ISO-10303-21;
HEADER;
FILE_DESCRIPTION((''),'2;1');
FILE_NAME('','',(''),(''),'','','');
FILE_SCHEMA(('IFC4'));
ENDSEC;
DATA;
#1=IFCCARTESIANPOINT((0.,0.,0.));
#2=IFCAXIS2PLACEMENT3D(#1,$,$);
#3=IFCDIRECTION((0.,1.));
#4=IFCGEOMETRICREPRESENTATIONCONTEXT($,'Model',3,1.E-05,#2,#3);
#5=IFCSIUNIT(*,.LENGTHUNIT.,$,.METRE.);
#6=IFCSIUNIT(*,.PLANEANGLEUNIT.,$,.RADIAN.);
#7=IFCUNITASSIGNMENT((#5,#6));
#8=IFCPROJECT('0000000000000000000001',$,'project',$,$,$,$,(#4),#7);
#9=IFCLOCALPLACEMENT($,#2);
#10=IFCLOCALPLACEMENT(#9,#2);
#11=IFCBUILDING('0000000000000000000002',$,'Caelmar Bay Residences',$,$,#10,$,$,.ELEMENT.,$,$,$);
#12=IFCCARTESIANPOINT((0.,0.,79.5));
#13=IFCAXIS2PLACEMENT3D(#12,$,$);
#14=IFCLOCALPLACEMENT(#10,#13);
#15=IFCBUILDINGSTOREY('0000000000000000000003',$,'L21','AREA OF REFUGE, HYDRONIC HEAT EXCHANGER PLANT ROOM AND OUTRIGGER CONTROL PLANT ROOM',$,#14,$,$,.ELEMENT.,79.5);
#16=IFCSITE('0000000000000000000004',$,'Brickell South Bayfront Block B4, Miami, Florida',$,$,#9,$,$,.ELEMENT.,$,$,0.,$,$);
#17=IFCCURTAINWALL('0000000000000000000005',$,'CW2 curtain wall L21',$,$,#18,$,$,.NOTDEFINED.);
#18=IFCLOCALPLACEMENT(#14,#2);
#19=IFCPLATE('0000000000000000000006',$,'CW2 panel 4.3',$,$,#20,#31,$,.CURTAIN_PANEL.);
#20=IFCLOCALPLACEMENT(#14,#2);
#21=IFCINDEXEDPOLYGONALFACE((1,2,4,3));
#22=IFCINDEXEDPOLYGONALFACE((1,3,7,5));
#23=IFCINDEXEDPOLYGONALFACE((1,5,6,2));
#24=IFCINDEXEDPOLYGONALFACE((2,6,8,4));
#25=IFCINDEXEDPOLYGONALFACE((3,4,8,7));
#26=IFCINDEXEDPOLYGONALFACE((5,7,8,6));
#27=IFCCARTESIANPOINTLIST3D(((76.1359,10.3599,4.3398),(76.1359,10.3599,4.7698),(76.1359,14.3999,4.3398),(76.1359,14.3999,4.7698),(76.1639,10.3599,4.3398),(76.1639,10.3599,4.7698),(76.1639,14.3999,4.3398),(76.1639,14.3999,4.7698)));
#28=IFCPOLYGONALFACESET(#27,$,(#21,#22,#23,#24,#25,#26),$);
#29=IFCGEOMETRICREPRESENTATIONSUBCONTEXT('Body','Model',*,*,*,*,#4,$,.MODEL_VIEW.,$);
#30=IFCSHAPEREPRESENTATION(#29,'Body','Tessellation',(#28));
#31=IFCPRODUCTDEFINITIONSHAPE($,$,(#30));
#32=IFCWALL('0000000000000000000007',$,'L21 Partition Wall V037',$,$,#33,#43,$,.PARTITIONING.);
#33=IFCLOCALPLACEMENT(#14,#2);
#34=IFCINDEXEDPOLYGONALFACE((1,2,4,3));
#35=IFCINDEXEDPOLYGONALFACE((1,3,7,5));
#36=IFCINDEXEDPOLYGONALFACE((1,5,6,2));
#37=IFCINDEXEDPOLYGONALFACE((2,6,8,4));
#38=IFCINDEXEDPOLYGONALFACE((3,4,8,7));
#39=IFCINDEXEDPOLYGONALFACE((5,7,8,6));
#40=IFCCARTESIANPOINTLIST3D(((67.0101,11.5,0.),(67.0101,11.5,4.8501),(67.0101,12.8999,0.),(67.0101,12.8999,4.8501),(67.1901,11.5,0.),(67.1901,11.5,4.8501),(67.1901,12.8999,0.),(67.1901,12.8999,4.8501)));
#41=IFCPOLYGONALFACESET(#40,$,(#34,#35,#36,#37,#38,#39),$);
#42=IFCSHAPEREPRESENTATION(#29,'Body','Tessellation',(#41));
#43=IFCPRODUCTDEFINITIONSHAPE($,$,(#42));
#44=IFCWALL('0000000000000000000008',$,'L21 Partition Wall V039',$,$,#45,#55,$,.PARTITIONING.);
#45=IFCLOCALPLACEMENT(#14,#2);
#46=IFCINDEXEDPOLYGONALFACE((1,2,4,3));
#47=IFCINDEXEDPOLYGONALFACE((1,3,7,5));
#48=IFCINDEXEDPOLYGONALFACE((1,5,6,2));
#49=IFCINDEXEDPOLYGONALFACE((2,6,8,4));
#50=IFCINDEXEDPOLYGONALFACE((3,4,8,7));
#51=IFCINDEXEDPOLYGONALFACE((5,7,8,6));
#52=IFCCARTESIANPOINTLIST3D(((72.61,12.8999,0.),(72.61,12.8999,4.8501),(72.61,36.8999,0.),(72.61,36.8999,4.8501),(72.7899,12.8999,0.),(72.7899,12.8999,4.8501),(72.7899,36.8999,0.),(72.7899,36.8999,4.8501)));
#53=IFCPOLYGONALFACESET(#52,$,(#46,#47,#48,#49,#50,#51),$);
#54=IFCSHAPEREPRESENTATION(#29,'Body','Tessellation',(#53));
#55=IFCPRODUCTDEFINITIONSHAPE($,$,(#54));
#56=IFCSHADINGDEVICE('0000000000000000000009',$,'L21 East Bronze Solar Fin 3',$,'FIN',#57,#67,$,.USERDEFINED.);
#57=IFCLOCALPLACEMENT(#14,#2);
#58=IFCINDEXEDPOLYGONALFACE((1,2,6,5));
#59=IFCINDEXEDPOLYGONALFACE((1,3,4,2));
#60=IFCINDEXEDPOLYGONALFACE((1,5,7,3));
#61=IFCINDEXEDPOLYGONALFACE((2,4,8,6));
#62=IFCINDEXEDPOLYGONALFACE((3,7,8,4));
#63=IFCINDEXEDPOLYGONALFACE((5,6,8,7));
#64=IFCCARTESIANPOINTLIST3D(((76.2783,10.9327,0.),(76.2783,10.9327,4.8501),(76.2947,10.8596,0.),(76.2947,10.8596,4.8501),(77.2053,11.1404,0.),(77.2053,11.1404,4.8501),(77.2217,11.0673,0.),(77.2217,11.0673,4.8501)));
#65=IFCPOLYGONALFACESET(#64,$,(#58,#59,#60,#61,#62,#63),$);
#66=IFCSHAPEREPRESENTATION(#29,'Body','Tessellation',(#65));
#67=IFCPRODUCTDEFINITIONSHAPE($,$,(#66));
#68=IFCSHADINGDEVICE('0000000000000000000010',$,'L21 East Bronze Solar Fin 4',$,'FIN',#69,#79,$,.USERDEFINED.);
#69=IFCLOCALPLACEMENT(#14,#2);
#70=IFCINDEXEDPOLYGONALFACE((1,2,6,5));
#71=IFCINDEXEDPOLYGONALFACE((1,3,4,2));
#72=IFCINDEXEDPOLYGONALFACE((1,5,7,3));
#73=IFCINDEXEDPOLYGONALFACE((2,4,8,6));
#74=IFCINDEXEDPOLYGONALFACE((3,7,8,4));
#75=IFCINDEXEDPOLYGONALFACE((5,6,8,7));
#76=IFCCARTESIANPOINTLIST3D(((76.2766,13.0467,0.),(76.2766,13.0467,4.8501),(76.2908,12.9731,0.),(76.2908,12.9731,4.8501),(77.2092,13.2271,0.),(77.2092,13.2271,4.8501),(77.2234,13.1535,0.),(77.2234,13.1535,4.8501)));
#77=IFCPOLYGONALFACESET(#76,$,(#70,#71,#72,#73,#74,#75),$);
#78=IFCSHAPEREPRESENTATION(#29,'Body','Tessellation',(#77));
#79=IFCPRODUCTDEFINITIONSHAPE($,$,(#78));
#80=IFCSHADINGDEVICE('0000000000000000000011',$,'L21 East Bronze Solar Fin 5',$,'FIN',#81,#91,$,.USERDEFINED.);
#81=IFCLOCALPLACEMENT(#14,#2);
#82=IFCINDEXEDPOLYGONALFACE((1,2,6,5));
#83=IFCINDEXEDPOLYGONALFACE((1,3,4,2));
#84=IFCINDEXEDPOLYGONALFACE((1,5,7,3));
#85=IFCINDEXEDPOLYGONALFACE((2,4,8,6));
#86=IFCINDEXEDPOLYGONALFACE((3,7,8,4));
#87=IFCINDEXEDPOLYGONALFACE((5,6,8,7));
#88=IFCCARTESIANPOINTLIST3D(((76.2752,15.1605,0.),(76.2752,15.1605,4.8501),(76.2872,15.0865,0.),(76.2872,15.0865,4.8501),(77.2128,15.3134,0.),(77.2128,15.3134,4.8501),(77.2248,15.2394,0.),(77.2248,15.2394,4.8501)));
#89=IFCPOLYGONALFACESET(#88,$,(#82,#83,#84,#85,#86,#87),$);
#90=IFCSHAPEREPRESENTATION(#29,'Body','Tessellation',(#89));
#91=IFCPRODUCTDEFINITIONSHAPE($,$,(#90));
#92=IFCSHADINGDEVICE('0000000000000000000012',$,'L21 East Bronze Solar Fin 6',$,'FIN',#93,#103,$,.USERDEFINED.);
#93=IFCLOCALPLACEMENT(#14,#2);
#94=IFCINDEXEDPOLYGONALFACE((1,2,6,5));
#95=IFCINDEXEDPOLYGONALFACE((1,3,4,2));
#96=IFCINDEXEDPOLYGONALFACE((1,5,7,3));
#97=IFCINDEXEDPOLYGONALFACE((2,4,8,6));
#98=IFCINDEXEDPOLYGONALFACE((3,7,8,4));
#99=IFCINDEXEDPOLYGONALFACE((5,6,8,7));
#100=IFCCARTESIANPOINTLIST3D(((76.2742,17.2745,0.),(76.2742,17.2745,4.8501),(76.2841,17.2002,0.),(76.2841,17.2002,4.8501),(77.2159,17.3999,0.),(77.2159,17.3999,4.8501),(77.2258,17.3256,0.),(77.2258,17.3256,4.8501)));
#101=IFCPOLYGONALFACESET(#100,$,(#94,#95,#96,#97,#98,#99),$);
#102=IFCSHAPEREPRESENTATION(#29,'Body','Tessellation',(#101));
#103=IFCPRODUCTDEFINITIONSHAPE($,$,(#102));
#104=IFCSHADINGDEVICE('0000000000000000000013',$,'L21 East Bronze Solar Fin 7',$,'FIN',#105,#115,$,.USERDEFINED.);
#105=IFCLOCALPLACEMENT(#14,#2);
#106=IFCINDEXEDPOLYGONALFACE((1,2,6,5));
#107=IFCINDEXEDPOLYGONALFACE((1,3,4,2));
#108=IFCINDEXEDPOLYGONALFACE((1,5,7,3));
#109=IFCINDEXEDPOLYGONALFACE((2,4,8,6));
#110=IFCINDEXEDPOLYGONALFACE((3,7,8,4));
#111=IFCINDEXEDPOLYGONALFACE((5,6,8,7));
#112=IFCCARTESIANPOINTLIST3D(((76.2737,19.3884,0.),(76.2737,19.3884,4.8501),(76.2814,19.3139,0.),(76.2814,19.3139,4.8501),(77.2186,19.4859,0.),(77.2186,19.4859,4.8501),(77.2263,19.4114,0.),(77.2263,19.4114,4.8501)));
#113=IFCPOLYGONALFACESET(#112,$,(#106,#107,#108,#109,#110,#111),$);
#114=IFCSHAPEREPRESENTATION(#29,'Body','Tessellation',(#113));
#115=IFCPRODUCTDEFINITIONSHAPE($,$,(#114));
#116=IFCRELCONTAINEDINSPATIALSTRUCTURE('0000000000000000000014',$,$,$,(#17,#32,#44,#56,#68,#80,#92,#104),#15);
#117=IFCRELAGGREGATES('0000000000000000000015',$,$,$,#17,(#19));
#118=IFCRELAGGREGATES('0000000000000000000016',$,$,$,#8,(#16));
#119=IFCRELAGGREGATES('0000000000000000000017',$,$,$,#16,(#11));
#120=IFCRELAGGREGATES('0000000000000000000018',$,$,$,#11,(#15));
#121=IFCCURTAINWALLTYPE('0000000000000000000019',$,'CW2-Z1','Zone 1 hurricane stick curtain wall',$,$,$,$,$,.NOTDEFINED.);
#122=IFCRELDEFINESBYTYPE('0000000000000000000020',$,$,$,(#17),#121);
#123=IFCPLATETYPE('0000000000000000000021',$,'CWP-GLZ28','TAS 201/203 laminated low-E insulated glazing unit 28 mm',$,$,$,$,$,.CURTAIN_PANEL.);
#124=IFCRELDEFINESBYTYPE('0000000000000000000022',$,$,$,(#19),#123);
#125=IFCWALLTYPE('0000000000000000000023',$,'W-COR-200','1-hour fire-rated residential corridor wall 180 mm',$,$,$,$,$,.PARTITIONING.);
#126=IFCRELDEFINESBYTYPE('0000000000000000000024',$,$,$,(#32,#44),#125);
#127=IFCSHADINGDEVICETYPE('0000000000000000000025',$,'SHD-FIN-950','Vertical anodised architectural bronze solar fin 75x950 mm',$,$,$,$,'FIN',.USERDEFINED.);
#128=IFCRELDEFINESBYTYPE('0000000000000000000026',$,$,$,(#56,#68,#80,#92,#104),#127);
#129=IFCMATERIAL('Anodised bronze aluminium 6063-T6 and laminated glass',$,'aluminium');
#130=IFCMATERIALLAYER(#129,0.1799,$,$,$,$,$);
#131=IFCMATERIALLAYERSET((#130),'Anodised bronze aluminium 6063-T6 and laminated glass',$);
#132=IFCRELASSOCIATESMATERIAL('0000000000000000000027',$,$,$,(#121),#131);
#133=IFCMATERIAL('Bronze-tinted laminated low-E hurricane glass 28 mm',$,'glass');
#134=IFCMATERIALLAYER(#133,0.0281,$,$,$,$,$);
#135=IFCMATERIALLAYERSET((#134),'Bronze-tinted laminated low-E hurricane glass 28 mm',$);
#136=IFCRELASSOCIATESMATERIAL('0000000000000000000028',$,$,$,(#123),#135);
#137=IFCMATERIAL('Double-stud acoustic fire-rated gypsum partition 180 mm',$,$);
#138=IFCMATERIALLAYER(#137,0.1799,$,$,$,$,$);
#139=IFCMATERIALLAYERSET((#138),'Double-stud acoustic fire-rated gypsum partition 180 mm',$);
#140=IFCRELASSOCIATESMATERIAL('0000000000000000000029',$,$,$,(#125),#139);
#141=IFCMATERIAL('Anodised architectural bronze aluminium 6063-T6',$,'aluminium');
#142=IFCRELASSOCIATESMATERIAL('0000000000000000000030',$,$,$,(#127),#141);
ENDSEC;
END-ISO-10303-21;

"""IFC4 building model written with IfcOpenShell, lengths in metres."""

from ifc_helpers import new_model, si_unit, direction, frame, frame_2d, origin, origin_2d, place, context, subcontext, project, spatial, rectangle, extrude, material, layer, layer_set, material_profile, profile_set, type_object, element, aggregate, save


model = new_model("IFC4")

# Units and contexts
model_context = context("Model", 3, precision=1e-05, world=origin(), true_north=direction((0.0, 1.0)))
body_context = subcontext(model_context, "Body", "Model", "MODEL_VIEW")
ifc_project = project(units=[si_unit("LENGTHUNIT", "METRE"), si_unit("PLANEANGLEUNIT", "RADIAN")], contexts=[model_context])

# Site, building, storey
site_placement = place(None, origin())
site = spatial("IfcSite", under=ifc_project, at=site_placement, Name="Brickell South Bayfront Block B4, Miami, Florida", CompositionType="ELEMENT", RefElevation=0.0)
building_placement = place(site_placement, origin())
building = spatial("IfcBuilding", under=site, at=building_placement, Name="Caelmar Bay Residences", CompositionType="ELEMENT")
storey_placement = place(building_placement, frame((0.0, 0.0, 79.5)))
storey = spatial("IfcBuildingStorey", under=building, at=storey_placement, Name="L21", Description="AREA OF REFUGE, HYDRONIC HEAT EXCHANGER PLANT ROOM AND OUTRIGGER CONTROL PLANT ROOM", CompositionType="ELEMENT", Elevation=79.5)

# Curtain wall, plate
ifc_material_1 = material(Name="Anodised bronze aluminium 6063-T6 and laminated glass", Category="aluminium")
ifc_layer_1 = layer(ifc_material_1, 0.1799)
ifc_layer_set_1 = layer_set([ifc_layer_1], Name="Anodised bronze aluminium 6063-T6 and laminated glass")
curtain_wall_type = type_object("IfcCurtainWallType", Name="CW2-Z1", Description="Zone 1 hurricane stick curtain wall", PredefinedType="NOTDEFINED", material=ifc_layer_set_1)
curtain_wall_placement = place(storey_placement, origin())
curtain_wall = element("IfcCurtainWall", 1, at=curtain_wall_placement, inside=storey, type_object=curtain_wall_type, Name="CW2 curtain wall L21", PredefinedType="NOTDEFINED")
ifc_material_2 = material(Name="Bronze-tinted laminated low-E hurricane glass 28 mm", Category="glass")
ifc_layer_2 = layer(ifc_material_2, 0.0281)
ifc_layer_set_2 = layer_set([ifc_layer_2], Name="Bronze-tinted laminated low-E hurricane glass 28 mm")
plate_type = type_object("IfcPlateType", Name="CWP-GLZ28", Description="TAS 201/203 laminated low-E insulated glazing unit 28 mm", PredefinedType="CURTAIN_PANEL", material=ifc_layer_set_2)
plate_1_placement = place(storey_placement, frame((76.1499, 12.3799, 4.3398), z_axis=(0.0, 0.0, 1.0), x_axis=(0.0, -1.0, 0.0)))
plate_1 = element("IfcPlate", 2, at=plate_1_placement, type_object=plate_type, Name="CW2 panel 4.3", PredefinedType="CURTAIN_PANEL", context=body_context, shape_type="SweptSolid", body=[
    extrude(rectangle(XDim=4.04, YDim=0.0281, at=origin_2d()), origin(), (0.0, 0.0, 1.0), 0.4299),
])
aggregate(curtain_wall, [plate_1])

# Walls
ifc_material_3 = material(Name="Double-stud acoustic fire-rated gypsum partition 180 mm")
ifc_layer_3 = layer(ifc_material_3, 0.1799)
ifc_layer_set_3 = layer_set([ifc_layer_3], Name="Double-stud acoustic fire-rated gypsum partition 180 mm")
wall_type = type_object("IfcWallType", Name="W-COR-200", Description="1-hour fire-rated residential corridor wall 180 mm", PredefinedType="PARTITIONING", material=ifc_layer_set_3)
wall_1_placement = place(storey_placement, frame((67.1001, 11.5, 0.0), z_axis=(0.0, 0.0, 1.0), x_axis=(0.0, 1.0, 0.0)))
element("IfcWall", 3, at=wall_1_placement, inside=storey, type_object=wall_type, Name="L21 Partition Wall V037", PredefinedType="PARTITIONING", context=body_context, shape_type="SweptSolid", body=[
    extrude(rectangle(XDim=1.3999, YDim=0.1799, at=frame_2d((0.7, 0.0))), origin(), (0.0, 0.0, 1.0), 4.8501),
])
wall_2_placement = place(storey_placement, frame((72.7, 12.8999, 0.0), z_axis=(0.0, 0.0, 1.0), x_axis=(0.0, 1.0, 0.0)))
element("IfcWall", 4, at=wall_2_placement, inside=storey, type_object=wall_type, Name="L21 Partition Wall V039", PredefinedType="PARTITIONING", context=body_context, shape_type="SweptSolid", body=[
    extrude(rectangle(XDim=24.0, YDim=0.1799, at=frame_2d((12.0, 0.0))), origin(), (0.0, 0.0, 1.0), 4.8501),
])

# Shading devices
ifc_material_4 = material(Name="Anodised architectural bronze aluminium 6063-T6", Category="aluminium")
ifc_material_profile_1 = material_profile(ifc_material_4, rectangle(XDim=0.075, YDim=0.95, at=origin_2d()), Name="BRONZE-FIN-75X950")
ifc_profile_set_1 = profile_set([ifc_material_profile_1], Name="Anodised architectural bronze aluminium 6063-T6")
shading_device_type = type_object("IfcShadingDeviceType", Name="SHD-FIN-950", Description="Vertical anodised architectural bronze solar fin 75x950 mm", ElementType="FIN", PredefinedType="USERDEFINED", material=ifc_profile_set_1)
for number, where, z_axis, x_axis, name in (
    (5, (76.75, 11.0, 0.0), (0.0, 0.0, 1.0), (-0.218654, 0.975802, 0.0), "L21 East Bronze Solar Fin 3"),
    (6, (76.75, 13.1001, 0.0), (0.0, 0.0, 1.0), (-0.189952, 0.981793, 0.0), "L21 East Bronze Solar Fin 4"),
    (7, (76.75, 15.2, 0.0), (0.0, 0.0, 1.0), (-0.160915, 0.986968, 0.0), "L21 East Bronze Solar Fin 5"),
    (8, (76.75, 17.3, 0.0), (0.0, 0.0, 1.0), (-0.13191, 0.991262, 0.0), "L21 East Bronze Solar Fin 6"),
    (9, (76.75, 19.3999, 0.0), (0.0, 0.0, 1.0), (-0.102619, 0.994721, 0.0), "L21 East Bronze Solar Fin 7"),
):
    element("IfcShadingDevice", number, at=place(storey_placement, frame(where, z_axis=z_axis, x_axis=x_axis)), inside=storey, type_object=shading_device_type, Name=name, ObjectType="FIN", PredefinedType="USERDEFINED", context=body_context, shape_type="SweptSolid", body=[
        extrude(rectangle(XDim=0.075, YDim=0.95, at=origin_2d()), origin(), (0.0, 0.0, 1.0), 4.8501),
    ])

save(model, "model.ifc")
